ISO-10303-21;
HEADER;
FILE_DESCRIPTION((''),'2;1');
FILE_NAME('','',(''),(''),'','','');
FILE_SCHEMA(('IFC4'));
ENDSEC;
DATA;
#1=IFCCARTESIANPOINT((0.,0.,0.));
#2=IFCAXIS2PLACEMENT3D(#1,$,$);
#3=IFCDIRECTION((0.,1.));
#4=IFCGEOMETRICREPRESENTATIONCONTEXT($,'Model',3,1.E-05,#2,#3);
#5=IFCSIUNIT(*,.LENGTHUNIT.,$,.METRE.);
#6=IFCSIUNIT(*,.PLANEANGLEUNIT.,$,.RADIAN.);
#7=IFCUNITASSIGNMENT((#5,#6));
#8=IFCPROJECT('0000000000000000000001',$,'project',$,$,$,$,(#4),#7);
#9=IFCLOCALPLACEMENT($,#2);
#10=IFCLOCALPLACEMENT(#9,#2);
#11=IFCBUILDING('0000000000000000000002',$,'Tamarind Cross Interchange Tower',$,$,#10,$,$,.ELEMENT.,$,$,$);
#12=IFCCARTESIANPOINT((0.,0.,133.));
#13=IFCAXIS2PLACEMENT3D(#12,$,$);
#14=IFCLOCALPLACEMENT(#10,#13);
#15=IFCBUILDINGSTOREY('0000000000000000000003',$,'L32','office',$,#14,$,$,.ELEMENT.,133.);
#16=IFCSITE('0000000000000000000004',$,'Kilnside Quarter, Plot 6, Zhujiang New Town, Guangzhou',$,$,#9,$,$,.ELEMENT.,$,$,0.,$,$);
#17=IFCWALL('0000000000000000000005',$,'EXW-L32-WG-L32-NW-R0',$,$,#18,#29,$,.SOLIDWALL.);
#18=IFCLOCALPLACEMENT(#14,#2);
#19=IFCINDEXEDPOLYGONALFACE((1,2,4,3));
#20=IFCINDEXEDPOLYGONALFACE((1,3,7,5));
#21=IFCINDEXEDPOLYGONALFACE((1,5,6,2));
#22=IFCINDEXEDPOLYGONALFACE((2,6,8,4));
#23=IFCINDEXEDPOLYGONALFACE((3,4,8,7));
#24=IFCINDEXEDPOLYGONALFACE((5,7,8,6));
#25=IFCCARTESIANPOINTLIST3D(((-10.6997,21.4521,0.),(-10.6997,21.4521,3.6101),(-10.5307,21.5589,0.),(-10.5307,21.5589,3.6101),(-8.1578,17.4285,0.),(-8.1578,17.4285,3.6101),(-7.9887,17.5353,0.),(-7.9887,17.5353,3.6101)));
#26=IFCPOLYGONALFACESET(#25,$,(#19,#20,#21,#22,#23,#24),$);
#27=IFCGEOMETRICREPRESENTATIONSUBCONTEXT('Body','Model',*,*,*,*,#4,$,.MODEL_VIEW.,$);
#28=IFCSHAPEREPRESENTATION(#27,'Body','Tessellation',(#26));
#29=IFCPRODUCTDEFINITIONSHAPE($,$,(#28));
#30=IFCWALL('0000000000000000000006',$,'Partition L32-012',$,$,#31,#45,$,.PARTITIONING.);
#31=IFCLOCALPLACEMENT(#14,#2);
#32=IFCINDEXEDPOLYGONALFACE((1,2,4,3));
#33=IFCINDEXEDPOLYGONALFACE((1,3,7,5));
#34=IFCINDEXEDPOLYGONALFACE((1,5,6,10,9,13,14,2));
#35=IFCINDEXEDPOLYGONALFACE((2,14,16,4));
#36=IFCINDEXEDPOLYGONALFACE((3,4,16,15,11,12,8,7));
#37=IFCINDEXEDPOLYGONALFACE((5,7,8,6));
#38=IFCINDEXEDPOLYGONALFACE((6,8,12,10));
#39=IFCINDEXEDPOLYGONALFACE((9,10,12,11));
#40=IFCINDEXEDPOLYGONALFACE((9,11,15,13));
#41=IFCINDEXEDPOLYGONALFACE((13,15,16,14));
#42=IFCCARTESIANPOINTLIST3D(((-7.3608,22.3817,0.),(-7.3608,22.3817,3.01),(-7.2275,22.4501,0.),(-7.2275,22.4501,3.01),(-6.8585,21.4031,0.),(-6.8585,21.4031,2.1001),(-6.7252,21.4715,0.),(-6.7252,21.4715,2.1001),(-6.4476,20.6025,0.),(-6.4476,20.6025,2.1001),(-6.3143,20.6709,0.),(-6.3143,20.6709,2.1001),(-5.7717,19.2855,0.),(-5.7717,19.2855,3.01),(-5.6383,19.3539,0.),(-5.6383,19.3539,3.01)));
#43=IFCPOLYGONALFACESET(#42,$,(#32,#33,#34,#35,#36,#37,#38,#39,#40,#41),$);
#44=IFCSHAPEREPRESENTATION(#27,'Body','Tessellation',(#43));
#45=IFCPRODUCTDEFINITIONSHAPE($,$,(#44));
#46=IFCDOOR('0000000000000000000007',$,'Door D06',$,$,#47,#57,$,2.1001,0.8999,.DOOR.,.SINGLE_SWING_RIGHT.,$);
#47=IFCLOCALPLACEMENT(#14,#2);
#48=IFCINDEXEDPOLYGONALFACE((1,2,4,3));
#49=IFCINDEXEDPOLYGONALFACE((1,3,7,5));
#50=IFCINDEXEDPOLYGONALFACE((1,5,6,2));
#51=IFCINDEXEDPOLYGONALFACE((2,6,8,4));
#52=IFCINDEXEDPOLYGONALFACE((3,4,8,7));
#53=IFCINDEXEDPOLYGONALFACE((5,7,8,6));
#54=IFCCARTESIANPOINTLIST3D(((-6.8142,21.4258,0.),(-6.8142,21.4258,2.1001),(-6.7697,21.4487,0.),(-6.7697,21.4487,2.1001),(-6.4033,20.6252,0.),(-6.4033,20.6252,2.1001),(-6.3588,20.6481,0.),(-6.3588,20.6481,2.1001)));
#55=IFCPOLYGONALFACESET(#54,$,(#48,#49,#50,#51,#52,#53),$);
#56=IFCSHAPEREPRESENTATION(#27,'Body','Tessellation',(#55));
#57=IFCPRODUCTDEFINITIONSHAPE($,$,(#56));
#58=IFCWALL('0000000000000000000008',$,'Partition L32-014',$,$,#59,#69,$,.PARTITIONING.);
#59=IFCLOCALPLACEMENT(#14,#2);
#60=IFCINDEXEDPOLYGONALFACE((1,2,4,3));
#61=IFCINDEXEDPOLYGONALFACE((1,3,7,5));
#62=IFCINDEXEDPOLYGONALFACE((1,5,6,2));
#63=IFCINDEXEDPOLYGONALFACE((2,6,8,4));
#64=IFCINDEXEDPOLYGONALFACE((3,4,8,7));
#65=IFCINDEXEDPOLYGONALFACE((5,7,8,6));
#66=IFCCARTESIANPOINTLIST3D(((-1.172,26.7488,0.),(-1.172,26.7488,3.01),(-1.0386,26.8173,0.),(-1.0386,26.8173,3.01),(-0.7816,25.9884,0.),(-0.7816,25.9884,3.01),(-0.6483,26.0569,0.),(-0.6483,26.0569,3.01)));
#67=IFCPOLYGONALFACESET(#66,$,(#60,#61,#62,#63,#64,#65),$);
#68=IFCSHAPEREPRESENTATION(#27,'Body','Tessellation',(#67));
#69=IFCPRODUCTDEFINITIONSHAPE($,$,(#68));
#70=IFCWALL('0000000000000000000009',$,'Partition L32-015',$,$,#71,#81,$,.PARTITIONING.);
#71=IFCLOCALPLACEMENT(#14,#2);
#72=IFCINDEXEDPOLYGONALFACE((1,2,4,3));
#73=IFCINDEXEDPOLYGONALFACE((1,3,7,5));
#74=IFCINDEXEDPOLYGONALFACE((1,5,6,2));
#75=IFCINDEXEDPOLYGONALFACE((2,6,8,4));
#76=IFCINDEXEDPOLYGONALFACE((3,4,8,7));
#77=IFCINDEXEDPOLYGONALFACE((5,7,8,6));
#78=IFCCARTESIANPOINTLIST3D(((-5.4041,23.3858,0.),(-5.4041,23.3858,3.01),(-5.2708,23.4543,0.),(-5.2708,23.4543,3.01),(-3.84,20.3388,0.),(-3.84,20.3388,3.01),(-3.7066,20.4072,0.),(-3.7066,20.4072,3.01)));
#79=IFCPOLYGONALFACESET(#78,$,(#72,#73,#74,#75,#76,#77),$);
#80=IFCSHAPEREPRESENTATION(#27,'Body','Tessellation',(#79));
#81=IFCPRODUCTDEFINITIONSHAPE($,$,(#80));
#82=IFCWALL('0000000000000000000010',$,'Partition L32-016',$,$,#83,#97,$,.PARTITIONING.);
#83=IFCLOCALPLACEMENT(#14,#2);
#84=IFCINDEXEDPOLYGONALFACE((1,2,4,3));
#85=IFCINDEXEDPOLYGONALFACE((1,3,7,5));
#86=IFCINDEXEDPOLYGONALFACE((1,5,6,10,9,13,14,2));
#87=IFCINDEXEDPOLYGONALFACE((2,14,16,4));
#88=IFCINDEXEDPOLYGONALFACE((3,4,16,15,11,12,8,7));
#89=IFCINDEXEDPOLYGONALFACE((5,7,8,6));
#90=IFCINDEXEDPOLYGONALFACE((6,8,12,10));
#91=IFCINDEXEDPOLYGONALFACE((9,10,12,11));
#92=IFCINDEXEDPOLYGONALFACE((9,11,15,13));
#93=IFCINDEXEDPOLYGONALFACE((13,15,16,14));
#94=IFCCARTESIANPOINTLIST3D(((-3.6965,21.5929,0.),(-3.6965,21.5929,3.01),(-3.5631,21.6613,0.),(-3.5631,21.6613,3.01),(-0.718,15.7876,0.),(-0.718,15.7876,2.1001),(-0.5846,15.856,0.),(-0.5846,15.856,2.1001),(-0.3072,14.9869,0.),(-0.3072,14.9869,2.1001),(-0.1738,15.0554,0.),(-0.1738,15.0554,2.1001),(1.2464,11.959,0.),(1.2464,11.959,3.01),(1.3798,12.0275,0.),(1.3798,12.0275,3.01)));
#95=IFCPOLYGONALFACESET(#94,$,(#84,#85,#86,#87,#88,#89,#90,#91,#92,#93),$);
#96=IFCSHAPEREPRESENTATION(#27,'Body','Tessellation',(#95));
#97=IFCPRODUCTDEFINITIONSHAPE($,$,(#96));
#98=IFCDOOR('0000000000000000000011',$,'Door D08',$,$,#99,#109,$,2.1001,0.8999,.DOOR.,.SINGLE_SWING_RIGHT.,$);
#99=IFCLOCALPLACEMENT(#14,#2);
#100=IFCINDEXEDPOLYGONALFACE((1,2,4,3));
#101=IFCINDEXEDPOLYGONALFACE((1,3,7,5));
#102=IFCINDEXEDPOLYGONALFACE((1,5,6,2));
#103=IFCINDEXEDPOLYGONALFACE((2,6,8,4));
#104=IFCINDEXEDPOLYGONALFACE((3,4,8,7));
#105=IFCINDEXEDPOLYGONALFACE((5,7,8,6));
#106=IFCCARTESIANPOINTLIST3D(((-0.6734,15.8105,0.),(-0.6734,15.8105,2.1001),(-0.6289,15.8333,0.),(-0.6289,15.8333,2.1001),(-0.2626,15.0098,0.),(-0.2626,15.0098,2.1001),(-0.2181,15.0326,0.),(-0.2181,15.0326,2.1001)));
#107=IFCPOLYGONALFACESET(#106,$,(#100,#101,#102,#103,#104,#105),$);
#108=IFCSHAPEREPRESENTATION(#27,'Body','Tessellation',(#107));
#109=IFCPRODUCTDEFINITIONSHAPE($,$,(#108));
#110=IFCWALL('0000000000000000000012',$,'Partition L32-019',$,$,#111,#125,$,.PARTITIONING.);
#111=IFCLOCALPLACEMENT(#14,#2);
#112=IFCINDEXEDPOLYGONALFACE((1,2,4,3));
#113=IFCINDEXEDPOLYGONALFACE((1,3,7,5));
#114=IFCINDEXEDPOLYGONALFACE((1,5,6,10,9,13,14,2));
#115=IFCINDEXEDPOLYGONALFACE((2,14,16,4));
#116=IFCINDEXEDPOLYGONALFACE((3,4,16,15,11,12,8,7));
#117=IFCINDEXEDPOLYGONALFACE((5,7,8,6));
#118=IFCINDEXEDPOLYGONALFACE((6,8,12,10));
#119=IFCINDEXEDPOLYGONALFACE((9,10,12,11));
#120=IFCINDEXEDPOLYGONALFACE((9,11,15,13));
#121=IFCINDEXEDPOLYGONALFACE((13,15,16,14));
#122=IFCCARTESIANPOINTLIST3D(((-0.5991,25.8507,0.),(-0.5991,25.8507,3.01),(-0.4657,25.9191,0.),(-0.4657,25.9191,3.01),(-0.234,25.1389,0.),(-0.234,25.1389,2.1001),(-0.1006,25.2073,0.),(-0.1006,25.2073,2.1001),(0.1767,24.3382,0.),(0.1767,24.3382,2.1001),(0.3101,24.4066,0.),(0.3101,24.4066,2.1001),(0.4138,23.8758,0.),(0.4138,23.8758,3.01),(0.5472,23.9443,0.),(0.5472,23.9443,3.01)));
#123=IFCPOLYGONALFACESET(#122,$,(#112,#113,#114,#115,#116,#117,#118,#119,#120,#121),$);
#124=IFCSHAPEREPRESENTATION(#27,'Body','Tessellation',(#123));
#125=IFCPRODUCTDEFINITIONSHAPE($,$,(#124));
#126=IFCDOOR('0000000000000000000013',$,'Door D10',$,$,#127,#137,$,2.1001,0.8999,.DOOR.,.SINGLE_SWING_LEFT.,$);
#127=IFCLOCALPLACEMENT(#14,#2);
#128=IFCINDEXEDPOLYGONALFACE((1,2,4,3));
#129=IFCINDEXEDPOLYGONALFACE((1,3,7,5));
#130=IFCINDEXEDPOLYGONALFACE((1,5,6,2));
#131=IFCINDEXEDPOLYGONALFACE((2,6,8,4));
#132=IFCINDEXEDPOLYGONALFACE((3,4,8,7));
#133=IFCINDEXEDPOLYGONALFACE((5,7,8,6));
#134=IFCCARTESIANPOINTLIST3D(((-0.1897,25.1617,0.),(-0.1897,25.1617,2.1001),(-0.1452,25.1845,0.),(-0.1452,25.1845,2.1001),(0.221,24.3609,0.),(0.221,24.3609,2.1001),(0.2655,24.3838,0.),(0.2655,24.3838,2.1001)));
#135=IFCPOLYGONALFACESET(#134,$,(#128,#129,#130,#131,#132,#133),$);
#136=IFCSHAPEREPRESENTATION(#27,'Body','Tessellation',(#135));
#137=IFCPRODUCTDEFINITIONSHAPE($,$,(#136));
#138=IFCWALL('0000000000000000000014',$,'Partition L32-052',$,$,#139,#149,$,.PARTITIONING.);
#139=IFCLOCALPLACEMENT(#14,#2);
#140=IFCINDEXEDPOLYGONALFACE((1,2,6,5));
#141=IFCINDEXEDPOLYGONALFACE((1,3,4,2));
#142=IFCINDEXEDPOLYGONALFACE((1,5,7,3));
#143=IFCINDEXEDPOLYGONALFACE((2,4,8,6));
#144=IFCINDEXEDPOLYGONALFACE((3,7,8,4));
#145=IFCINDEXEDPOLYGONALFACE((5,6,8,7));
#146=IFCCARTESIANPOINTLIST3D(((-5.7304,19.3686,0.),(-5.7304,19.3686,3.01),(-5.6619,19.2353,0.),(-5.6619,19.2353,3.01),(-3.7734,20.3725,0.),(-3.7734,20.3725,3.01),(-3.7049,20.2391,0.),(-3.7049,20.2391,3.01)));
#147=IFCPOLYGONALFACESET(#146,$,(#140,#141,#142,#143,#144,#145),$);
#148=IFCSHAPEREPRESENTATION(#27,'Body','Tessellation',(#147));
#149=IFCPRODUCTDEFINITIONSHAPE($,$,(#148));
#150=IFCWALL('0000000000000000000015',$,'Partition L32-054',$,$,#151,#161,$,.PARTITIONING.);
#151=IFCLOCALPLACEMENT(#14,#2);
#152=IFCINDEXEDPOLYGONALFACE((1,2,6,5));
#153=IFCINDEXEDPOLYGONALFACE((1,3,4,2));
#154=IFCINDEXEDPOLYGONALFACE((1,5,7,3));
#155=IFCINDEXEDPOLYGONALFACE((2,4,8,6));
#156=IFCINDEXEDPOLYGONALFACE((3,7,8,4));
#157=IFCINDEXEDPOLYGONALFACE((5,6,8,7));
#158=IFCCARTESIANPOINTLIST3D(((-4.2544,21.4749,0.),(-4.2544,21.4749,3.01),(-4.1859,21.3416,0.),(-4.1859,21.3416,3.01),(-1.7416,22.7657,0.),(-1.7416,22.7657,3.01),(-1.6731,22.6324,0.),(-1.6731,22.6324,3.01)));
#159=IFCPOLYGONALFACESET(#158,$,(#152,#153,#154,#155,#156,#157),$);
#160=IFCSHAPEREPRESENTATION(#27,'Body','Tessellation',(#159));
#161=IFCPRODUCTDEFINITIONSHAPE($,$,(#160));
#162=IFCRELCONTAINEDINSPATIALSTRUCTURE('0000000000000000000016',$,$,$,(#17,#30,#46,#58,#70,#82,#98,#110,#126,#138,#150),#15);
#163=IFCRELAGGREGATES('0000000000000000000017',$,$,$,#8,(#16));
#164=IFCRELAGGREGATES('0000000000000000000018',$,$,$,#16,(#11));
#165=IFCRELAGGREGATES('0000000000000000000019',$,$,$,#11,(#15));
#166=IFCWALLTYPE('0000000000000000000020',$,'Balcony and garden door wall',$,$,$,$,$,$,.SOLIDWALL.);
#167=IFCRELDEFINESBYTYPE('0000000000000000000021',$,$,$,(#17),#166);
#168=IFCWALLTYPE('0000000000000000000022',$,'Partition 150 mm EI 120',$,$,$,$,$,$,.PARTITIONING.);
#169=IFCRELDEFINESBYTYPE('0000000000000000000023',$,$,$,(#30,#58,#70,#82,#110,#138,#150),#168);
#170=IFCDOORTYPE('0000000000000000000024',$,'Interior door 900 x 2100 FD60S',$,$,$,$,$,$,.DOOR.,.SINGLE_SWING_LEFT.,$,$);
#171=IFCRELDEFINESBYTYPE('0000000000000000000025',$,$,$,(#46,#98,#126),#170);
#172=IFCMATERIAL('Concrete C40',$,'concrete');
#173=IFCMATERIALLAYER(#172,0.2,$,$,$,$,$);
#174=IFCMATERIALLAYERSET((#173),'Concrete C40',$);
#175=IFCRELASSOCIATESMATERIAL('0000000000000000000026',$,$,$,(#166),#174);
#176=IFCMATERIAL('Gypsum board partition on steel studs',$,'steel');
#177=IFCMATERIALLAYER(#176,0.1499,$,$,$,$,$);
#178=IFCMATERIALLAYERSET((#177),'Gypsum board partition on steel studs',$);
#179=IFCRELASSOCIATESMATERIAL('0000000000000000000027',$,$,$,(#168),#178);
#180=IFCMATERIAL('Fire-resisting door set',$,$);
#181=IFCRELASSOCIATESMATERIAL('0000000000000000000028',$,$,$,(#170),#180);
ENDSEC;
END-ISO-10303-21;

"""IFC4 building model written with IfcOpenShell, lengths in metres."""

from ifc_helpers import new_model, si_unit, direction, frame, frame_2d, origin, place, context, subcontext, project, spatial, rectangle, extrude, material, layer, layer_set, type_object, element, fill, save


model = new_model("IFC4")

# Units and contexts
model_context = context("Model", 3, precision=1e-05, world=origin(), true_north=direction((0.0, 1.0)))
body_context = subcontext(model_context, "Body", "Model", "MODEL_VIEW")
ifc_project = project(units=[si_unit("LENGTHUNIT", "METRE"), si_unit("PLANEANGLEUNIT", "RADIAN")], contexts=[model_context])

# Site, building, storey
site_placement = place(None, origin())
site = spatial("IfcSite", under=ifc_project, at=site_placement, Name="Kilnside Quarter, Plot 6, Zhujiang New Town, Guangzhou", CompositionType="ELEMENT", RefElevation=0.0)
building_placement = place(site_placement, origin())
building = spatial("IfcBuilding", under=site, at=building_placement, Name="Tamarind Cross Interchange Tower", CompositionType="ELEMENT")
storey_placement = place(building_placement, frame((0.0, 0.0, 133.0)))
storey = spatial("IfcBuildingStorey", under=building, at=storey_placement, Name="L32", Description="office", CompositionType="ELEMENT", Elevation=133.0)

# Wall
ifc_material_1 = material(Name="Concrete C40", Category="concrete")
ifc_layer_1 = layer(ifc_material_1, 0.2)
ifc_layer_set_1 = layer_set([ifc_layer_1], Name="Concrete C40")
wall_type_1 = type_object("IfcWallType", Name="Balcony and garden door wall", PredefinedType="SOLIDWALL", material=ifc_layer_set_1)
wall_1_placement = place(storey_placement, frame((-8.0732, 17.4819, 0.0), z_axis=(0.0, 0.0, 1.0), x_axis=(-0.534101, 0.845421, 0.0)))
element("IfcWall", 1, at=wall_1_placement, inside=storey, type_object=wall_type_1, Name="EXW-L32-WG-L32-NW-R0", PredefinedType="SOLIDWALL", context=body_context, shape_type="SweptSolid", body=[
    extrude(rectangle(XDim=4.7593, YDim=0.2, at=frame_2d((2.3796, 0.0))), origin(), (0.0, 0.0, 1.0), 3.6101),
])

# Wall, opening, door
ifc_material_2 = material(Name="Gypsum board partition on steel studs", Category="steel")
ifc_layer_2 = layer(ifc_material_2, 0.1499)
ifc_layer_set_2 = layer_set([ifc_layer_2], Name="Gypsum board partition on steel studs")
wall_type_2 = type_object("IfcWallType", Name="Partition 150 mm EI 120", PredefinedType="PARTITIONING", material=ifc_layer_set_2)
wall_2_placement = place(storey_placement, frame((-7.2942, 22.416, 0.0), z_axis=(0.0, 0.0, 1.0), x_axis=(0.456617, -0.889663, 0.0)))
wall_2 = element("IfcWall", 2, at=wall_2_placement, inside=storey, type_object=wall_type_2, Name="Partition L32-012", PredefinedType="PARTITIONING", context=body_context, shape_type="SweptSolid", body=[
    extrude(rectangle(XDim=3.4802, YDim=0.1499, at=frame_2d((1.7402, 0.0))), origin(), (0.0, 0.0, 1.0), 3.01),
])
opening_1_placement = place(wall_2_placement, frame((1.1001, 0.0, 0.0)))
opening_1 = element("IfcOpeningElement", 3, at=opening_1_placement, cuts=wall_2, PredefinedType="OPENING", context=body_context, shape_type="SweptSolid", body=[
    extrude(rectangle(XDim=0.8999, YDim=2.1001, at=frame_2d((0.45, 1.05))), frame((0.0, 0.085, 0.0), z_axis=(0.0, -1.0, 0.0), x_axis=(1.0, 0.0, 0.0)), (0.0, 0.0, 1.0), 0.1699),
])
ifc_material_3 = material(Name="Fire-resisting door set")
door_type = type_object("IfcDoorType", Name="Interior door 900 x 2100 FD60S", OperationType="SINGLE_SWING_LEFT", PredefinedType="DOOR", material=ifc_material_3)
door_1_placement = place(opening_1_placement, origin())
door_1 = element("IfcDoor", 4, at=door_1_placement, inside=storey, type_object=door_type, Name="Door D06", OperationType="SINGLE_SWING_RIGHT", OverallHeight=2.1001, OverallWidth=0.8999, PredefinedType="DOOR", context=body_context, shape_type="SweptSolid", body=[
    extrude(rectangle(XDim=0.8999, YDim=2.1001, at=frame_2d((0.45, 1.05))), frame((0.0, 0.0249, 0.0), z_axis=(0.0, -1.0, 0.0), x_axis=(1.0, 0.0, 0.0)), (0.0, 0.0, 1.0), 0.05),
])
fill(opening_1, door_1)

# Walls
wall_3_placement = place(storey_placement, frame((-1.1052, 26.783, 0.0), z_axis=(0.0, 0.0, 1.0), x_axis=(0.45667, -0.889636, 0.0)))
element("IfcWall", 5, at=wall_3_placement, inside=storey, type_object=wall_type_2, Name="Partition L32-014", PredefinedType="PARTITIONING", context=body_context, shape_type="SweptSolid", body=[
    extrude(rectangle(XDim=0.8547, YDim=0.1499, at=frame_2d((0.4272, 0.0))), origin(), (0.0, 0.0, 1.0), 3.01),
])
wall_4_placement = place(storey_placement, frame((-5.3374, 23.4199, 0.0), z_axis=(0.0, 0.0, 1.0), x_axis=(0.456683, -0.88963, 0.0)))
element("IfcWall", 6, at=wall_4_placement, inside=storey, type_object=wall_type_2, Name="Partition L32-015", PredefinedType="PARTITIONING", context=body_context, shape_type="SweptSolid", body=[
    extrude(rectangle(XDim=3.425, YDim=0.1499, at=frame_2d((1.7124, 0.0))), origin(), (0.0, 0.0, 1.0), 3.01),
])

# Walls, openings, doors
wall_5_placement = place(storey_placement, frame((-3.6299, 21.6272, 0.0), z_axis=(0.0, 0.0, 1.0), x_axis=(0.456497, -0.889725, 0.0)))
wall_5 = element("IfcWall", 7, at=wall_5_placement, inside=storey, type_object=wall_type_2, Name="Partition L32-016", PredefinedType="PARTITIONING", context=body_context, shape_type="SweptSolid", body=[
    extrude(rectangle(XDim=10.8279, YDim=0.1499, at=frame_2d((5.4141, 0.0))), origin(), (0.0, 0.0, 1.0), 3.01),
])
opening_2_placement = place(wall_5_placement, frame((6.5249, 0.0, 0.0)))
opening_2 = element("IfcOpeningElement", 8, at=opening_2_placement, cuts=wall_5, PredefinedType="OPENING", context=body_context, shape_type="SweptSolid", body=[
    extrude(rectangle(XDim=0.8999, YDim=2.1001, at=frame_2d((0.45, 1.05))), frame((0.0, 0.085, 0.0), z_axis=(0.0, -1.0, 0.0), x_axis=(1.0, 0.0, 0.0)), (0.0, 0.0, 1.0), 0.1699),
])
door_2_placement = place(opening_2_placement, frame((0.8999, 0.0, 0.0), z_axis=(0.0, 0.0, 1.0), x_axis=(-1.0, 0.0, 0.0)))
door_2 = element("IfcDoor", 9, at=door_2_placement, inside=storey, type_object=door_type, Name="Door D08", OperationType="SINGLE_SWING_RIGHT", OverallHeight=2.1001, OverallWidth=0.8999, PredefinedType="DOOR", context=body_context, shape_type="SweptSolid", body=[
    extrude(rectangle(XDim=0.8999, YDim=2.1001, at=frame_2d((0.45, 1.05))), frame((0.0, 0.0249, 0.0), z_axis=(0.0, -1.0, 0.0), x_axis=(1.0, 0.0, 0.0)), (0.0, 0.0, 1.0), 0.05),
])
fill(opening_2, door_2)
wall_6_placement = place(storey_placement, frame((-0.5325, 25.885, 0.0), z_axis=(0.0, 0.0, 1.0), x_axis=(0.456386, -0.889782, 0.0)))
wall_6 = element("IfcWall", 10, at=wall_6_placement, inside=storey, type_object=wall_type_2, Name="Partition L32-019", PredefinedType="PARTITIONING", context=body_context, shape_type="SweptSolid", body=[
    extrude(rectangle(XDim=2.2195, YDim=0.1499, at=frame_2d((1.1099, 0.0))), origin(), (0.0, 0.0, 1.0), 3.01),
])
opening_3_placement = place(wall_6_placement, frame((0.8, 0.0, 0.0)))
opening_3 = element("IfcOpeningElement", 11, at=opening_3_placement, cuts=wall_6, PredefinedType="OPENING", context=body_context, shape_type="SweptSolid", body=[
    extrude(rectangle(XDim=0.8999, YDim=2.1001, at=frame_2d((0.45, 1.05))), frame((0.0, 0.085, 0.0), z_axis=(0.0, -1.0, 0.0), x_axis=(1.0, 0.0, 0.0)), (0.0, 0.0, 1.0), 0.1699),
])
door_3_placement = place(opening_3_placement, origin())
door_3 = element("IfcDoor", 12, at=door_3_placement, inside=storey, type_object=door_type, Name="Door D10", OperationType="SINGLE_SWING_LEFT", OverallHeight=2.1001, OverallWidth=0.8999, PredefinedType="DOOR", context=body_context, shape_type="SweptSolid", body=[
    extrude(rectangle(XDim=0.8999, YDim=2.1001, at=frame_2d((0.45, 1.05))), frame((0.0, 0.0249, 0.0), z_axis=(0.0, -1.0, 0.0), x_axis=(1.0, 0.0, 0.0)), (0.0, 0.0, 1.0), 0.05),
])
fill(opening_3, door_3)

# Walls
wall_7_placement = place(storey_placement, frame((-5.696, 19.302, 0.0), z_axis=(0.0, 0.0, 1.0), x_axis=(0.889762, 0.456425, 0.0)))
element("IfcWall", 13, at=wall_7_placement, inside=storey, type_object=wall_type_2, Name="Partition L32-052", PredefinedType="PARTITIONING", context=body_context, shape_type="SweptSolid", body=[
    extrude(rectangle(XDim=2.1995, YDim=0.1499, at=frame_2d((1.0996, 0.0))), origin(), (0.0, 0.0, 1.0), 3.01),
])
wall_8_placement = place(storey_placement, frame((-4.2202, 21.4082, 0.0), z_axis=(0.0, 0.0, 1.0), x_axis=(0.8895, 0.456936, 0.0)))
element("IfcWall", 14, at=wall_8_placement, inside=storey, type_object=wall_type_2, Name="Partition L32-054", PredefinedType="PARTITIONING", context=body_context, shape_type="SweptSolid", body=[
    extrude(rectangle(XDim=2.825, YDim=0.1499, at=frame_2d((1.4126, 0.0))), origin(), (0.0, 0.0, 1.0), 3.01),
])

save(model, "model.ifc")
